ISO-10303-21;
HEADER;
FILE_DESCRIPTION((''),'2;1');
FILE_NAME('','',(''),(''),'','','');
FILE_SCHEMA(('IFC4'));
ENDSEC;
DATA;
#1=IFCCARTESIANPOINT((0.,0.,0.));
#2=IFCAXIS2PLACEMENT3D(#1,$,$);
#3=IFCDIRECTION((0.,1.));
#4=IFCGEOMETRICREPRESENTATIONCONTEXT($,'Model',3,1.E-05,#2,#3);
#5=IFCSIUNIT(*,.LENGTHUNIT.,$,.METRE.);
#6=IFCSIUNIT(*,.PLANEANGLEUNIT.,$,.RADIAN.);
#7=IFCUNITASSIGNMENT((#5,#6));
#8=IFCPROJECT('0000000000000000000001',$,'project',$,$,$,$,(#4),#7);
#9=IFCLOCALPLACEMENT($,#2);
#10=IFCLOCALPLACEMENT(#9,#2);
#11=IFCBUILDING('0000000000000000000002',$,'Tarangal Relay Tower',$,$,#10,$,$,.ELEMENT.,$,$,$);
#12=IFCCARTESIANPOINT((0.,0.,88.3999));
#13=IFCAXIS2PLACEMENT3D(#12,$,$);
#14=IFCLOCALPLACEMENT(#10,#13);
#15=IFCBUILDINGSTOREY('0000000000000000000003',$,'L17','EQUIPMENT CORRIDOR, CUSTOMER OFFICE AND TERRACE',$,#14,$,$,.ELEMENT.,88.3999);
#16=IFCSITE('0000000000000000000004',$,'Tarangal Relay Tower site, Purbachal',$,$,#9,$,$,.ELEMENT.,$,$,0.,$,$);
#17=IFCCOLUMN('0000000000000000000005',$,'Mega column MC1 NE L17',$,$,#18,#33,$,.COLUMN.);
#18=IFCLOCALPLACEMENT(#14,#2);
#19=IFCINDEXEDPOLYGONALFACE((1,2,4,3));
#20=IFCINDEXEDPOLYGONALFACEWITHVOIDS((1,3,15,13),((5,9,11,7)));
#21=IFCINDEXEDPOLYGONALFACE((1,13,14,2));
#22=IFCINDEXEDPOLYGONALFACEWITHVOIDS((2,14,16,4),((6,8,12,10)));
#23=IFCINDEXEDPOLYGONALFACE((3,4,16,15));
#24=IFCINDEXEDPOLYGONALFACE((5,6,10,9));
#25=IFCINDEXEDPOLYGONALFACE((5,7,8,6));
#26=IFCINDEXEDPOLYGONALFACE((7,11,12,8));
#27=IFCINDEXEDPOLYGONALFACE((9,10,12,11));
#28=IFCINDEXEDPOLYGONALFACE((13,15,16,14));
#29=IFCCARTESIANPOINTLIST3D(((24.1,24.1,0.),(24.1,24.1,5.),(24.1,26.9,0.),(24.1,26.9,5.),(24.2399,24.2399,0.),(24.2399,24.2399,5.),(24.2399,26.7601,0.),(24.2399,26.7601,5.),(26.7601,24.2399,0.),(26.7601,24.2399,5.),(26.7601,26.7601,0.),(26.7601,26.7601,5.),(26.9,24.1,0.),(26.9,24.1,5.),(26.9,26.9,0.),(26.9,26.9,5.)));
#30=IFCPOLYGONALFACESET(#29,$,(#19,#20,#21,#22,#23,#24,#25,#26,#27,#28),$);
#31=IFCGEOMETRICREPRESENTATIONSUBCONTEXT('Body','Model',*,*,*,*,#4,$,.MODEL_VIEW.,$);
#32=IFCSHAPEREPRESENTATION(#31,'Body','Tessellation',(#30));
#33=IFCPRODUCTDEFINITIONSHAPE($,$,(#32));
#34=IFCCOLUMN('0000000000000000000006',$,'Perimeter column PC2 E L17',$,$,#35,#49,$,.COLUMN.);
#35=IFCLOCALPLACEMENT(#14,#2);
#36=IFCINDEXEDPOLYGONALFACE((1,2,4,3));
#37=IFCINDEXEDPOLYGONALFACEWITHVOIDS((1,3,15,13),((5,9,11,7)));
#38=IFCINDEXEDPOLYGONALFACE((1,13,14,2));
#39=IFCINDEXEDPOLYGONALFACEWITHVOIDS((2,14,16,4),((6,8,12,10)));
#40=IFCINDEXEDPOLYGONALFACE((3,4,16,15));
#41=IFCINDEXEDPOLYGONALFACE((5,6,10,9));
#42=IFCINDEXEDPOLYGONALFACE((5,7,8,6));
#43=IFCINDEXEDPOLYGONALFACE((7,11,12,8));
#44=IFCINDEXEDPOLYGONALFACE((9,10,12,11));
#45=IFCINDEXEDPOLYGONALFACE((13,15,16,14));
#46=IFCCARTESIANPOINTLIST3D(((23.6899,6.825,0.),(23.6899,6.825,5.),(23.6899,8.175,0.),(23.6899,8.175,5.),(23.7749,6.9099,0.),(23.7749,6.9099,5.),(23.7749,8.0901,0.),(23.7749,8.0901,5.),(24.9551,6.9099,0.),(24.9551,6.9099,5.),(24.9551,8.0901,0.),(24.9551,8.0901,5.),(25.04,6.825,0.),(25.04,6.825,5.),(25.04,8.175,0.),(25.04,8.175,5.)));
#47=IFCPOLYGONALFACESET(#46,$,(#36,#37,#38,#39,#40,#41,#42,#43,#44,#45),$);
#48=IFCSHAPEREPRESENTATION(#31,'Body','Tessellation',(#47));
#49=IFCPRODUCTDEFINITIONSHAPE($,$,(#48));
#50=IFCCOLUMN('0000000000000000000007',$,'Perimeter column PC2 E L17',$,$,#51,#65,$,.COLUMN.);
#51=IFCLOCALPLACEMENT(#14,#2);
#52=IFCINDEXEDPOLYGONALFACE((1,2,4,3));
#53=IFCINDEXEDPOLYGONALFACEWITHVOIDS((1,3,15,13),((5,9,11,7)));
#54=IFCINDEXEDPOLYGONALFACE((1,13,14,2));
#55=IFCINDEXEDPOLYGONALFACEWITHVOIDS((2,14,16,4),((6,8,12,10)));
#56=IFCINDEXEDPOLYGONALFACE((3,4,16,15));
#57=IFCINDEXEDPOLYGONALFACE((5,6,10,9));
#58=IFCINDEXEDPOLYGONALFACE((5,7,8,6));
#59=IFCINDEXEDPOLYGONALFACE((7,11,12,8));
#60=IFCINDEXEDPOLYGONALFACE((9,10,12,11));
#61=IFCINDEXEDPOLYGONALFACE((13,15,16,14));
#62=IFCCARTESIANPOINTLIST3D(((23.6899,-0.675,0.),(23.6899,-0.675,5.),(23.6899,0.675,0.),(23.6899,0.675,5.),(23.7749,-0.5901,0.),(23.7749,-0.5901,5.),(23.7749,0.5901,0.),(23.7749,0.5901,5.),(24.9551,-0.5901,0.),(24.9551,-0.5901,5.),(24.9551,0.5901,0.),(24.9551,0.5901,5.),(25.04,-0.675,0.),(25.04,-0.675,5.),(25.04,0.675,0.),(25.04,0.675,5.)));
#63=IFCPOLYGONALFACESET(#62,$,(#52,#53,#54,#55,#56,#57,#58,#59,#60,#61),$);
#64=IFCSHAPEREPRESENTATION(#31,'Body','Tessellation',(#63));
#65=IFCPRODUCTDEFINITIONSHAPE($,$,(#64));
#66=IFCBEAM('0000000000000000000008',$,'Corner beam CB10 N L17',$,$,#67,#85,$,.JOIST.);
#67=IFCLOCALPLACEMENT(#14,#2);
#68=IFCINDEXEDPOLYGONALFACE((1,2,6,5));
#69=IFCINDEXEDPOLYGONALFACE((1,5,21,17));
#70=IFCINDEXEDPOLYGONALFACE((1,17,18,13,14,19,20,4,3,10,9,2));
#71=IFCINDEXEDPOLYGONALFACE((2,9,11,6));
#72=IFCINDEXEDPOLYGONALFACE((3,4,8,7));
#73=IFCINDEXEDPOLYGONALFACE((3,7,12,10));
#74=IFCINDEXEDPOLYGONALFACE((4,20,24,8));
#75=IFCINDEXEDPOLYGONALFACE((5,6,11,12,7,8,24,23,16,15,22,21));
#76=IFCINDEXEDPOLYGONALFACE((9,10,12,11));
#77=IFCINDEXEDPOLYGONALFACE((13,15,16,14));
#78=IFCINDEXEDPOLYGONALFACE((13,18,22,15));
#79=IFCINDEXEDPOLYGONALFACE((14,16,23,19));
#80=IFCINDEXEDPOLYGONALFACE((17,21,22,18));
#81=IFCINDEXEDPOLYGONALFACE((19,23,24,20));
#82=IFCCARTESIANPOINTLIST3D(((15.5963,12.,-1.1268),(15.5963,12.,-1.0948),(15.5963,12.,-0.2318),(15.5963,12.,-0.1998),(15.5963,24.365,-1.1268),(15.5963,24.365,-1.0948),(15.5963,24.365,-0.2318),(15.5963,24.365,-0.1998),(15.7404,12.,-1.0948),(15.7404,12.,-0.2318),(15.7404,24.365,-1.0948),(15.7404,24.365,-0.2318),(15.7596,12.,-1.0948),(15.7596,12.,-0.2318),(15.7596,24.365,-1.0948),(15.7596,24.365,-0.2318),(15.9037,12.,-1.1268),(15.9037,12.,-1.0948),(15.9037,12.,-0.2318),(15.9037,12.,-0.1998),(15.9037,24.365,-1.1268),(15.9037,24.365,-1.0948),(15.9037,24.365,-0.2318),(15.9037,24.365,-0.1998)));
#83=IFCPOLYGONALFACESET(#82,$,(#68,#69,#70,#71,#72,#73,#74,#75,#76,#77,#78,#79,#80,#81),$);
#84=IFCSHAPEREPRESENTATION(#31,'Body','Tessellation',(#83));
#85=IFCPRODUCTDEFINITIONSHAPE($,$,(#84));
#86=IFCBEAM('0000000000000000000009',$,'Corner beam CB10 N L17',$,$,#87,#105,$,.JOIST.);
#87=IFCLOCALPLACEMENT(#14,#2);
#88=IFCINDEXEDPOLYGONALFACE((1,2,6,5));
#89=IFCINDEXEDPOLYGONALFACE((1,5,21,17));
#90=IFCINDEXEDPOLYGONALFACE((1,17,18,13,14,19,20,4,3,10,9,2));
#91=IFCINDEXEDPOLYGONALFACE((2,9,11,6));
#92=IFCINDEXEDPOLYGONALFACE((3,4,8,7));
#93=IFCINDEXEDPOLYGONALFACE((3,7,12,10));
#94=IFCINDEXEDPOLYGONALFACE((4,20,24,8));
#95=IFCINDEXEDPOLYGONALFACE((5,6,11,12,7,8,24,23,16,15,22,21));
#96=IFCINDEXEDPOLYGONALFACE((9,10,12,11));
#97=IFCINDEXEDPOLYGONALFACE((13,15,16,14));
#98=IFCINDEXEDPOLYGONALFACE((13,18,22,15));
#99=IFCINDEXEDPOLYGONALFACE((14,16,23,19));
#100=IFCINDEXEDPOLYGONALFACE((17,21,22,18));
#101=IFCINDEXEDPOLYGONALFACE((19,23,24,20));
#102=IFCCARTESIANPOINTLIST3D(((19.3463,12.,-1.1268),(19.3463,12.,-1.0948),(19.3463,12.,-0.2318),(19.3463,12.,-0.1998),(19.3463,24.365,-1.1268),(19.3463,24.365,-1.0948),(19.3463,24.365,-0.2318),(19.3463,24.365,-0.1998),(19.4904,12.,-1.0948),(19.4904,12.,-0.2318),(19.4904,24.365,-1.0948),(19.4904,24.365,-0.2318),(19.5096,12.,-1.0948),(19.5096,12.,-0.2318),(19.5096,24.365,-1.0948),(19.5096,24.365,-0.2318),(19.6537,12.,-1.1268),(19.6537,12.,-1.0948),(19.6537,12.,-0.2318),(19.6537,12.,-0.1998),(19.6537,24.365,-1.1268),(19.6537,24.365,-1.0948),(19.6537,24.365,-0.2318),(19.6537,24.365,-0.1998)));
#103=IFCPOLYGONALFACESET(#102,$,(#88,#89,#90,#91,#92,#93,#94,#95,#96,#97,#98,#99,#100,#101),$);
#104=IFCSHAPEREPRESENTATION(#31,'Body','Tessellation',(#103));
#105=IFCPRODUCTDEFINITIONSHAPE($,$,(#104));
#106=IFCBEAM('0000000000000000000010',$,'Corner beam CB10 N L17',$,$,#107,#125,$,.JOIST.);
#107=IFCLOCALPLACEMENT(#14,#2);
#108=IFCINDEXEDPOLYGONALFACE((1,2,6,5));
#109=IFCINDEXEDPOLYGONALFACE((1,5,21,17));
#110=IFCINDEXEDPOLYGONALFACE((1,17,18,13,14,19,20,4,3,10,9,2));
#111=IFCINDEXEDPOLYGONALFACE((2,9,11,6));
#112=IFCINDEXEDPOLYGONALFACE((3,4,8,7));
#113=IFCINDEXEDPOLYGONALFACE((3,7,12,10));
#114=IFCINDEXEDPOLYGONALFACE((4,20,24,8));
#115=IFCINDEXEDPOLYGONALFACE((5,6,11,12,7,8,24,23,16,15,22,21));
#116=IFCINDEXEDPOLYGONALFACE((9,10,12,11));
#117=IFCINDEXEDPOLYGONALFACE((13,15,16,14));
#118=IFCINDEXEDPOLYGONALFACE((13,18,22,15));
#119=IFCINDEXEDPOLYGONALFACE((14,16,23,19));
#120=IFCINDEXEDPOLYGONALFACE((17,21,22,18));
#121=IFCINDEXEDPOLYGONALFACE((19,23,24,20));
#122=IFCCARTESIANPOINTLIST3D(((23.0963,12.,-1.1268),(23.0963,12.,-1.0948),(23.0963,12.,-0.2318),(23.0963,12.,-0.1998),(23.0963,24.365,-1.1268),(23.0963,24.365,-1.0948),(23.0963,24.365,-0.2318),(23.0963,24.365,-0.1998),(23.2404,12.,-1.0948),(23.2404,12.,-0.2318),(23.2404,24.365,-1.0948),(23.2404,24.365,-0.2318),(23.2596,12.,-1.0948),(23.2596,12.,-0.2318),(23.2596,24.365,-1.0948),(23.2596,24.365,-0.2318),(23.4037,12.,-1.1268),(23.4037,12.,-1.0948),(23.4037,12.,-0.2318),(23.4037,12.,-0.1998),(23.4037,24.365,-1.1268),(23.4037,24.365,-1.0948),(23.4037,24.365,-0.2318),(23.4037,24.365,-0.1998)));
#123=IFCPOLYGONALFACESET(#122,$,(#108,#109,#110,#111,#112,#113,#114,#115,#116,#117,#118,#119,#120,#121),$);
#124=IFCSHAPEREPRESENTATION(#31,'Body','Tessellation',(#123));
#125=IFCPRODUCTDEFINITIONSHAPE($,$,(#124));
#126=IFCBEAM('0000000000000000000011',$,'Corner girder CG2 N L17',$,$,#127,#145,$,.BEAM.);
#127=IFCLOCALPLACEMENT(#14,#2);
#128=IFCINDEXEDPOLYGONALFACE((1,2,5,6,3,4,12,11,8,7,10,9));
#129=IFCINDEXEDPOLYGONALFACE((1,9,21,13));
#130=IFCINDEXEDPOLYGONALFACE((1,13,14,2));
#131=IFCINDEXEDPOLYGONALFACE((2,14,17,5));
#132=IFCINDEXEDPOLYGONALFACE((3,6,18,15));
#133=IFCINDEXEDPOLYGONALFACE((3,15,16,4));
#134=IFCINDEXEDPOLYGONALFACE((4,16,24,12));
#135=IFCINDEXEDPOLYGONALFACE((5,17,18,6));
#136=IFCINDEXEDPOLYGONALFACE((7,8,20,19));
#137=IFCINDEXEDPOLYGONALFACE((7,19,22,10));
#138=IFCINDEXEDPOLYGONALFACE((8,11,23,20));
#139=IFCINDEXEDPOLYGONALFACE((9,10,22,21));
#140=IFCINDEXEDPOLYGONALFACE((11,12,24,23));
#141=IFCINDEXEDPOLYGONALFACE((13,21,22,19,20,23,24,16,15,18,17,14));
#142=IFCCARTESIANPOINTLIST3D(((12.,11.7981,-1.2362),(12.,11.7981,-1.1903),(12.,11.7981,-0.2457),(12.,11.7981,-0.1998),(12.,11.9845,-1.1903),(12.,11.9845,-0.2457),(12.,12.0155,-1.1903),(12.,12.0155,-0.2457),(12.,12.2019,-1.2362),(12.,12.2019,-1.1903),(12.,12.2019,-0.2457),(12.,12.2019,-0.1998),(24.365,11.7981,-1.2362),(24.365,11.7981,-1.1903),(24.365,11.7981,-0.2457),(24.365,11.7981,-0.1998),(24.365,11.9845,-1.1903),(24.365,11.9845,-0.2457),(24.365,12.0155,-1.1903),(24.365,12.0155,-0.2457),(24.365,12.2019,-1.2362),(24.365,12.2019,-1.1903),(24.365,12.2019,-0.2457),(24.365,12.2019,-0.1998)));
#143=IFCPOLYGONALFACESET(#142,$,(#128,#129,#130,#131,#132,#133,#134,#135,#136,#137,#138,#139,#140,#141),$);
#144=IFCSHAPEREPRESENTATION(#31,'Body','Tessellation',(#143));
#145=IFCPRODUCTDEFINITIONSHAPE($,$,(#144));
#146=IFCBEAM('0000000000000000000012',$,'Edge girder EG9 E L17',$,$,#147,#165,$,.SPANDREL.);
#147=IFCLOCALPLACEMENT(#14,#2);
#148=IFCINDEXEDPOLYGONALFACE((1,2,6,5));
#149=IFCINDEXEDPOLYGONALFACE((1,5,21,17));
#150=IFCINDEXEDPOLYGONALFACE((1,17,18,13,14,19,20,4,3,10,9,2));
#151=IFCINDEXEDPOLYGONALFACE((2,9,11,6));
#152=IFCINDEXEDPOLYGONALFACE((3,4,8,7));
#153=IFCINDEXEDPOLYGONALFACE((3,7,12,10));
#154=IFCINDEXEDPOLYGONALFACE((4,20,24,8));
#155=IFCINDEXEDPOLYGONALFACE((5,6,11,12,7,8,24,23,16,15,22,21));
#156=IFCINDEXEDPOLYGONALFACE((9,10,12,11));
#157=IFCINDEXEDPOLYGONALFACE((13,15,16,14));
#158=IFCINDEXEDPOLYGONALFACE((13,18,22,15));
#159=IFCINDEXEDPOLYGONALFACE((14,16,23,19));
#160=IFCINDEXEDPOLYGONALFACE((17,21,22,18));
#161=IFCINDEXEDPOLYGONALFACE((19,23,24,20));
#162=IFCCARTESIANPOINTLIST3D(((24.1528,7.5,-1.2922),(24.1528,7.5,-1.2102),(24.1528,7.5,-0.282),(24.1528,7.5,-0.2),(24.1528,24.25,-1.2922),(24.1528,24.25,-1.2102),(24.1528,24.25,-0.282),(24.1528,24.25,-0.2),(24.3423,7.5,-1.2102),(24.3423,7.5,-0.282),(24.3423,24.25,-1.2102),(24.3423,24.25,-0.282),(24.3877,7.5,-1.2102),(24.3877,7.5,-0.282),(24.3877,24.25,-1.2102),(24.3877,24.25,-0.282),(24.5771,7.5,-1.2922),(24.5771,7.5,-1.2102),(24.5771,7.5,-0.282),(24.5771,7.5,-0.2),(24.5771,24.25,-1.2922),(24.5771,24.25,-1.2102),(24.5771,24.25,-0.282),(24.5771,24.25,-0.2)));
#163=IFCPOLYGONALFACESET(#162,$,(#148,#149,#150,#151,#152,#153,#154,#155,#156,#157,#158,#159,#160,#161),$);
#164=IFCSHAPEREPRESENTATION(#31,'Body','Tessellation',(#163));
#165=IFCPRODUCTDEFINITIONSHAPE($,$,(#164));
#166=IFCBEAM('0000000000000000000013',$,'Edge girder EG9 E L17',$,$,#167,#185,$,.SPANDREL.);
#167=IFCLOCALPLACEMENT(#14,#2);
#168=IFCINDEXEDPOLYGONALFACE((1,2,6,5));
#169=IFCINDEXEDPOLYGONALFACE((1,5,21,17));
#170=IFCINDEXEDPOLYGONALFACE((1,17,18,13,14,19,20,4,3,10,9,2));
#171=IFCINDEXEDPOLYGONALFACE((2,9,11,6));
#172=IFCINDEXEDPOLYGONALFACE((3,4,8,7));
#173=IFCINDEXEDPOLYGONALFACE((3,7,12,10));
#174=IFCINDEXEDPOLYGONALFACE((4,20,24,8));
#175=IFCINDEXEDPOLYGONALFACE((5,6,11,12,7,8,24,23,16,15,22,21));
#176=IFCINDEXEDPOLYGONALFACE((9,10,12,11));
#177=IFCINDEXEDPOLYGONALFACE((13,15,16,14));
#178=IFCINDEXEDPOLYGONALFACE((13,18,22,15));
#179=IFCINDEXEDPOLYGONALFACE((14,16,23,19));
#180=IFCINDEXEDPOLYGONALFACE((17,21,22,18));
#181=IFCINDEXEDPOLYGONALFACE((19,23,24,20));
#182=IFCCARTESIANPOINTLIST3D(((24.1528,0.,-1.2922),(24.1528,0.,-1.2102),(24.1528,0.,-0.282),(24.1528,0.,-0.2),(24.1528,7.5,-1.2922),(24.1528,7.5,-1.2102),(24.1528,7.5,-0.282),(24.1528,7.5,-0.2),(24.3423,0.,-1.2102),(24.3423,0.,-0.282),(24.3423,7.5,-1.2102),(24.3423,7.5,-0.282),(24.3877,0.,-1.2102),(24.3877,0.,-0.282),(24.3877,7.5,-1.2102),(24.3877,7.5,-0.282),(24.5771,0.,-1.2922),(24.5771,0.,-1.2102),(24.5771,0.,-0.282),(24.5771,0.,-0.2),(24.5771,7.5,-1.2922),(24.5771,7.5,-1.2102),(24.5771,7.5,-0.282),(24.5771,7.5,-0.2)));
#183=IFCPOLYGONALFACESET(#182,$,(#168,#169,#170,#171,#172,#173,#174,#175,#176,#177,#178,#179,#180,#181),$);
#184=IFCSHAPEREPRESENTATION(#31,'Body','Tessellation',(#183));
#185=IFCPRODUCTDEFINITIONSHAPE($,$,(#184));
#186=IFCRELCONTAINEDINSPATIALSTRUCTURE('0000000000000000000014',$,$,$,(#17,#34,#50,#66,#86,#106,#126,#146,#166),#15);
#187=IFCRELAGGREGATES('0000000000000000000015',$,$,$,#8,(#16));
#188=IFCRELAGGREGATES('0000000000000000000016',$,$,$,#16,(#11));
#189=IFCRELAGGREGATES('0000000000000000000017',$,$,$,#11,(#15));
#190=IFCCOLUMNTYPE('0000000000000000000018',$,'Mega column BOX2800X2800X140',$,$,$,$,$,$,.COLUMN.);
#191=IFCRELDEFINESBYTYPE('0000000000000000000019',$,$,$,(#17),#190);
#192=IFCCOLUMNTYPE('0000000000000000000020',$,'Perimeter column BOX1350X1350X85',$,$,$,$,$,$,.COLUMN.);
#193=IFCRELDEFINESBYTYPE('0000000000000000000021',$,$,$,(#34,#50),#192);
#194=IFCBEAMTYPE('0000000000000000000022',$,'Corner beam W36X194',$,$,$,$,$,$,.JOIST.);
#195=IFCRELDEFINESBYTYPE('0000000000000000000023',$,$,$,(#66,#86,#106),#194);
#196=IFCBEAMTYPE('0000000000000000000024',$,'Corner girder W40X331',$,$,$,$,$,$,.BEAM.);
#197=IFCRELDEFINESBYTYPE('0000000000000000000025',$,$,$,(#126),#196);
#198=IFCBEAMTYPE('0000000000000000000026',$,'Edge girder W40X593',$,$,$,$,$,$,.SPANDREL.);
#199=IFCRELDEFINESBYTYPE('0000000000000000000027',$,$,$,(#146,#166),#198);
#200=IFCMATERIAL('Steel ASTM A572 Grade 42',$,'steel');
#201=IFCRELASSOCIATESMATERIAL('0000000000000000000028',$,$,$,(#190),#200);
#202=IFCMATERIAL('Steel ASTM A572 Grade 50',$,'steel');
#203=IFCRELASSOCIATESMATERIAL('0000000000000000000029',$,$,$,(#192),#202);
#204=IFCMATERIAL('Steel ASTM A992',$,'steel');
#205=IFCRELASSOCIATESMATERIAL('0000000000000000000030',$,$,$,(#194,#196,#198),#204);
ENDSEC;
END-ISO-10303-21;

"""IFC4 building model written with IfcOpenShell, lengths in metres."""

from ifc_helpers import new_model, si_unit, direction, frame, origin, origin_2d, place, context, subcontext, project, spatial, hollow_rectangle, i_section, extrude, material, material_profile, profile_set, type_object, element, save


model = new_model("IFC4")

# Units and contexts
model_context = context("Model", 3, precision=1e-05, world=origin(), true_north=direction((0.0, 1.0)))
body_context = subcontext(model_context, "Body", "Model", "MODEL_VIEW")
ifc_project = project(units=[si_unit("LENGTHUNIT", "METRE"), si_unit("PLANEANGLEUNIT", "RADIAN")], contexts=[model_context])

# Site, building, storey
site_placement = place(None, origin())
site = spatial("IfcSite", under=ifc_project, at=site_placement, Name="Tarangal Relay Tower site, Purbachal", CompositionType="ELEMENT", RefElevation=0.0)
building_placement = place(site_placement, origin())
building = spatial("IfcBuilding", under=site, at=building_placement, Name="Tarangal Relay Tower", CompositionType="ELEMENT")
storey_placement = place(building_placement, frame((0.0, 0.0, 88.3999)))
storey = spatial("IfcBuildingStorey", under=building, at=storey_placement, Name="L17", Description="EQUIPMENT CORRIDOR, CUSTOMER OFFICE AND TERRACE", CompositionType="ELEMENT", Elevation=88.3999)

# Columns
ifc_material_1 = material(Name="Steel ASTM A572 Grade 42", Category="steel")
ifc_material_profile_1 = material_profile(ifc_material_1, hollow_rectangle(XDim=2.8, YDim=2.8, WallThickness=0.1399, at=origin_2d()), Name="BOX2800X2800X140")
ifc_profile_set_1 = profile_set([ifc_material_profile_1], Name="Steel ASTM A572 Grade 42")
column_type_1 = type_object("IfcColumnType", Name="Mega column BOX2800X2800X140", PredefinedType="COLUMN", material=ifc_profile_set_1)
column_placement = place(storey_placement, frame((25.5, 25.5, 0.0), z_axis=(0.0, 0.0, 1.0), x_axis=(1.0, 0.0, 0.0)))
element("IfcColumn", 1, at=column_placement, inside=storey, type_object=column_type_1, Name="Mega column MC1 NE L17", PredefinedType="COLUMN", context=body_context, shape_type="SweptSolid", body=[
    extrude(hollow_rectangle(XDim=2.8, YDim=2.8, WallThickness=0.1399, at=origin_2d()), origin(), (0.0, 0.0, 1.0), 5.0),
])
ifc_material_2 = material(Name="Steel ASTM A572 Grade 50", Category="steel")
ifc_material_profile_2 = material_profile(ifc_material_2, hollow_rectangle(XDim=1.3501, YDim=1.3501, WallThickness=0.085, at=origin_2d()), Name="BOX1350X1350X85")
ifc_profile_set_2 = profile_set([ifc_material_profile_2], Name="Steel ASTM A572 Grade 50")
column_type_2 = type_object("IfcColumnType", Name="Perimeter column BOX1350X1350X85", PredefinedType="COLUMN", material=ifc_profile_set_2)
for number, where, z_axis, x_axis, name in (
    (2, (24.365, 7.5, 0.0), (0.0, 0.0, 1.0), (1.0, 0.0, 0.0), "Perimeter column PC2 E L17"),
    (3, (24.365, 0.0, 0.0), (0.0, 0.0, 1.0), (1.0, 0.0, 0.0), "Perimeter column PC2 E L17"),
):
    element("IfcColumn", number, at=place(storey_placement, frame(where, z_axis=z_axis, x_axis=x_axis)), inside=storey, type_object=column_type_2, Name=name, PredefinedType="COLUMN", context=body_context, shape_type="SweptSolid", body=[
        extrude(hollow_rectangle(XDim=1.3501, YDim=1.3501, WallThickness=0.085, at=origin_2d()), origin(), (0.0, 0.0, 1.0), 5.0),
    ])

# Beams
ifc_material_3 = material(Name="Steel ASTM A992", Category="steel")
ifc_material_profile_3 = material_profile(ifc_material_3, i_section(OverallWidth=0.3074, OverallDepth=0.927, WebThickness=0.0193, FlangeThickness=0.032, at=origin_2d()), Name="W36X194")
ifc_profile_set_3 = profile_set([ifc_material_profile_3], Name="Steel ASTM A992")
beam_type_1 = type_object("IfcBeamType", Name="Corner beam W36X194", PredefinedType="JOIST", material=ifc_profile_set_3)
for number, where, z_axis, x_axis, name in (
    (4, (15.75, 12.0, -0.6633), (0.0, 1.0, 0.0), (-1.0, 0.0, 0.0), "Corner beam CB10 N L17"),
    (5, (19.5, 12.0, -0.6633), (0.0, 1.0, 0.0), (-1.0, 0.0, 0.0), "Corner beam CB10 N L17"),
    (6, (23.25, 12.0, -0.6633), (0.0, 1.0, 0.0), (-1.0, 0.0, 0.0), "Corner beam CB10 N L17"),
):
    element("IfcBeam", number, at=place(storey_placement, frame(where, z_axis=z_axis, x_axis=x_axis)), inside=storey, type_object=beam_type_1, Name=name, PredefinedType="JOIST", context=body_context, shape_type="SweptSolid", body=[
        extrude(i_section(OverallWidth=0.3074, OverallDepth=0.927, WebThickness=0.0193, FlangeThickness=0.032, at=origin_2d()), origin(), (0.0, 0.0, 1.0), 12.365),
    ])
ifc_material_profile_4 = material_profile(ifc_material_3, i_section(OverallWidth=0.4038, OverallDepth=1.0364, WebThickness=0.031, FlangeThickness=0.0459, at=origin_2d()), Name="W40X331")
ifc_profile_set_4 = profile_set([ifc_material_profile_4], Name="Steel ASTM A992")
beam_type_2 = type_object("IfcBeamType", Name="Corner girder W40X331", PredefinedType="BEAM", material=ifc_profile_set_4)
beam_1_placement = place(storey_placement, frame((12.0, 12.0, -0.718), z_axis=(1.0, 0.0, 0.0), x_axis=(0.0, 1.0, 0.0)))
element("IfcBeam", 7, at=beam_1_placement, inside=storey, type_object=beam_type_2, Name="Corner girder CG2 N L17", PredefinedType="BEAM", context=body_context, shape_type="SweptSolid", body=[
    extrude(i_section(OverallWidth=0.4038, OverallDepth=1.0364, WebThickness=0.031, FlangeThickness=0.0459, at=origin_2d()), origin(), (0.0, 0.0, 1.0), 12.365),
])
ifc_material_profile_5 = material_profile(ifc_material_3, i_section(OverallWidth=0.4243, OverallDepth=1.0923, WebThickness=0.0454, FlangeThickness=0.082, at=origin_2d()), Name="W40X593")
ifc_profile_set_5 = profile_set([ifc_material_profile_5], Name="Steel ASTM A992")
beam_type_3 = type_object("IfcBeamType", Name="Edge girder W40X593", PredefinedType="SPANDREL", material=ifc_profile_set_5)
beam_2_placement = place(storey_placement, frame((24.365, 24.25, -0.7461), z_axis=(0.0, -1.0, 0.0), x_axis=(1.0, 0.0, 0.0)))
element("IfcBeam", 8, at=beam_2_placement, inside=storey, type_object=beam_type_3, Name="Edge girder EG9 E L17", PredefinedType="SPANDREL", context=body_context, shape_type="SweptSolid", body=[
    extrude(i_section(OverallWidth=0.4243, OverallDepth=1.0923, WebThickness=0.0454, FlangeThickness=0.082, at=origin_2d()), origin(), (0.0, 0.0, 1.0), 16.75),
])
for number, where, z_axis, x_axis, name in (
    (9, (24.365, 7.5, -0.7461), (0.0, -1.0, 0.0), (1.0, 0.0, 0.0), "Edge girder EG9 E L17"),
):
    element("IfcBeam", number, at=place(storey_placement, frame(where, z_axis=z_axis, x_axis=x_axis)), inside=storey, type_object=beam_type_3, Name=name, PredefinedType="SPANDREL", context=body_context, shape_type="SweptSolid", body=[
        extrude(i_section(OverallWidth=0.4243, OverallDepth=1.0923, WebThickness=0.0454, FlangeThickness=0.082, at=origin_2d()), origin(), (0.0, 0.0, 1.0), 7.5),
    ])

save(model, "model.ifc")
